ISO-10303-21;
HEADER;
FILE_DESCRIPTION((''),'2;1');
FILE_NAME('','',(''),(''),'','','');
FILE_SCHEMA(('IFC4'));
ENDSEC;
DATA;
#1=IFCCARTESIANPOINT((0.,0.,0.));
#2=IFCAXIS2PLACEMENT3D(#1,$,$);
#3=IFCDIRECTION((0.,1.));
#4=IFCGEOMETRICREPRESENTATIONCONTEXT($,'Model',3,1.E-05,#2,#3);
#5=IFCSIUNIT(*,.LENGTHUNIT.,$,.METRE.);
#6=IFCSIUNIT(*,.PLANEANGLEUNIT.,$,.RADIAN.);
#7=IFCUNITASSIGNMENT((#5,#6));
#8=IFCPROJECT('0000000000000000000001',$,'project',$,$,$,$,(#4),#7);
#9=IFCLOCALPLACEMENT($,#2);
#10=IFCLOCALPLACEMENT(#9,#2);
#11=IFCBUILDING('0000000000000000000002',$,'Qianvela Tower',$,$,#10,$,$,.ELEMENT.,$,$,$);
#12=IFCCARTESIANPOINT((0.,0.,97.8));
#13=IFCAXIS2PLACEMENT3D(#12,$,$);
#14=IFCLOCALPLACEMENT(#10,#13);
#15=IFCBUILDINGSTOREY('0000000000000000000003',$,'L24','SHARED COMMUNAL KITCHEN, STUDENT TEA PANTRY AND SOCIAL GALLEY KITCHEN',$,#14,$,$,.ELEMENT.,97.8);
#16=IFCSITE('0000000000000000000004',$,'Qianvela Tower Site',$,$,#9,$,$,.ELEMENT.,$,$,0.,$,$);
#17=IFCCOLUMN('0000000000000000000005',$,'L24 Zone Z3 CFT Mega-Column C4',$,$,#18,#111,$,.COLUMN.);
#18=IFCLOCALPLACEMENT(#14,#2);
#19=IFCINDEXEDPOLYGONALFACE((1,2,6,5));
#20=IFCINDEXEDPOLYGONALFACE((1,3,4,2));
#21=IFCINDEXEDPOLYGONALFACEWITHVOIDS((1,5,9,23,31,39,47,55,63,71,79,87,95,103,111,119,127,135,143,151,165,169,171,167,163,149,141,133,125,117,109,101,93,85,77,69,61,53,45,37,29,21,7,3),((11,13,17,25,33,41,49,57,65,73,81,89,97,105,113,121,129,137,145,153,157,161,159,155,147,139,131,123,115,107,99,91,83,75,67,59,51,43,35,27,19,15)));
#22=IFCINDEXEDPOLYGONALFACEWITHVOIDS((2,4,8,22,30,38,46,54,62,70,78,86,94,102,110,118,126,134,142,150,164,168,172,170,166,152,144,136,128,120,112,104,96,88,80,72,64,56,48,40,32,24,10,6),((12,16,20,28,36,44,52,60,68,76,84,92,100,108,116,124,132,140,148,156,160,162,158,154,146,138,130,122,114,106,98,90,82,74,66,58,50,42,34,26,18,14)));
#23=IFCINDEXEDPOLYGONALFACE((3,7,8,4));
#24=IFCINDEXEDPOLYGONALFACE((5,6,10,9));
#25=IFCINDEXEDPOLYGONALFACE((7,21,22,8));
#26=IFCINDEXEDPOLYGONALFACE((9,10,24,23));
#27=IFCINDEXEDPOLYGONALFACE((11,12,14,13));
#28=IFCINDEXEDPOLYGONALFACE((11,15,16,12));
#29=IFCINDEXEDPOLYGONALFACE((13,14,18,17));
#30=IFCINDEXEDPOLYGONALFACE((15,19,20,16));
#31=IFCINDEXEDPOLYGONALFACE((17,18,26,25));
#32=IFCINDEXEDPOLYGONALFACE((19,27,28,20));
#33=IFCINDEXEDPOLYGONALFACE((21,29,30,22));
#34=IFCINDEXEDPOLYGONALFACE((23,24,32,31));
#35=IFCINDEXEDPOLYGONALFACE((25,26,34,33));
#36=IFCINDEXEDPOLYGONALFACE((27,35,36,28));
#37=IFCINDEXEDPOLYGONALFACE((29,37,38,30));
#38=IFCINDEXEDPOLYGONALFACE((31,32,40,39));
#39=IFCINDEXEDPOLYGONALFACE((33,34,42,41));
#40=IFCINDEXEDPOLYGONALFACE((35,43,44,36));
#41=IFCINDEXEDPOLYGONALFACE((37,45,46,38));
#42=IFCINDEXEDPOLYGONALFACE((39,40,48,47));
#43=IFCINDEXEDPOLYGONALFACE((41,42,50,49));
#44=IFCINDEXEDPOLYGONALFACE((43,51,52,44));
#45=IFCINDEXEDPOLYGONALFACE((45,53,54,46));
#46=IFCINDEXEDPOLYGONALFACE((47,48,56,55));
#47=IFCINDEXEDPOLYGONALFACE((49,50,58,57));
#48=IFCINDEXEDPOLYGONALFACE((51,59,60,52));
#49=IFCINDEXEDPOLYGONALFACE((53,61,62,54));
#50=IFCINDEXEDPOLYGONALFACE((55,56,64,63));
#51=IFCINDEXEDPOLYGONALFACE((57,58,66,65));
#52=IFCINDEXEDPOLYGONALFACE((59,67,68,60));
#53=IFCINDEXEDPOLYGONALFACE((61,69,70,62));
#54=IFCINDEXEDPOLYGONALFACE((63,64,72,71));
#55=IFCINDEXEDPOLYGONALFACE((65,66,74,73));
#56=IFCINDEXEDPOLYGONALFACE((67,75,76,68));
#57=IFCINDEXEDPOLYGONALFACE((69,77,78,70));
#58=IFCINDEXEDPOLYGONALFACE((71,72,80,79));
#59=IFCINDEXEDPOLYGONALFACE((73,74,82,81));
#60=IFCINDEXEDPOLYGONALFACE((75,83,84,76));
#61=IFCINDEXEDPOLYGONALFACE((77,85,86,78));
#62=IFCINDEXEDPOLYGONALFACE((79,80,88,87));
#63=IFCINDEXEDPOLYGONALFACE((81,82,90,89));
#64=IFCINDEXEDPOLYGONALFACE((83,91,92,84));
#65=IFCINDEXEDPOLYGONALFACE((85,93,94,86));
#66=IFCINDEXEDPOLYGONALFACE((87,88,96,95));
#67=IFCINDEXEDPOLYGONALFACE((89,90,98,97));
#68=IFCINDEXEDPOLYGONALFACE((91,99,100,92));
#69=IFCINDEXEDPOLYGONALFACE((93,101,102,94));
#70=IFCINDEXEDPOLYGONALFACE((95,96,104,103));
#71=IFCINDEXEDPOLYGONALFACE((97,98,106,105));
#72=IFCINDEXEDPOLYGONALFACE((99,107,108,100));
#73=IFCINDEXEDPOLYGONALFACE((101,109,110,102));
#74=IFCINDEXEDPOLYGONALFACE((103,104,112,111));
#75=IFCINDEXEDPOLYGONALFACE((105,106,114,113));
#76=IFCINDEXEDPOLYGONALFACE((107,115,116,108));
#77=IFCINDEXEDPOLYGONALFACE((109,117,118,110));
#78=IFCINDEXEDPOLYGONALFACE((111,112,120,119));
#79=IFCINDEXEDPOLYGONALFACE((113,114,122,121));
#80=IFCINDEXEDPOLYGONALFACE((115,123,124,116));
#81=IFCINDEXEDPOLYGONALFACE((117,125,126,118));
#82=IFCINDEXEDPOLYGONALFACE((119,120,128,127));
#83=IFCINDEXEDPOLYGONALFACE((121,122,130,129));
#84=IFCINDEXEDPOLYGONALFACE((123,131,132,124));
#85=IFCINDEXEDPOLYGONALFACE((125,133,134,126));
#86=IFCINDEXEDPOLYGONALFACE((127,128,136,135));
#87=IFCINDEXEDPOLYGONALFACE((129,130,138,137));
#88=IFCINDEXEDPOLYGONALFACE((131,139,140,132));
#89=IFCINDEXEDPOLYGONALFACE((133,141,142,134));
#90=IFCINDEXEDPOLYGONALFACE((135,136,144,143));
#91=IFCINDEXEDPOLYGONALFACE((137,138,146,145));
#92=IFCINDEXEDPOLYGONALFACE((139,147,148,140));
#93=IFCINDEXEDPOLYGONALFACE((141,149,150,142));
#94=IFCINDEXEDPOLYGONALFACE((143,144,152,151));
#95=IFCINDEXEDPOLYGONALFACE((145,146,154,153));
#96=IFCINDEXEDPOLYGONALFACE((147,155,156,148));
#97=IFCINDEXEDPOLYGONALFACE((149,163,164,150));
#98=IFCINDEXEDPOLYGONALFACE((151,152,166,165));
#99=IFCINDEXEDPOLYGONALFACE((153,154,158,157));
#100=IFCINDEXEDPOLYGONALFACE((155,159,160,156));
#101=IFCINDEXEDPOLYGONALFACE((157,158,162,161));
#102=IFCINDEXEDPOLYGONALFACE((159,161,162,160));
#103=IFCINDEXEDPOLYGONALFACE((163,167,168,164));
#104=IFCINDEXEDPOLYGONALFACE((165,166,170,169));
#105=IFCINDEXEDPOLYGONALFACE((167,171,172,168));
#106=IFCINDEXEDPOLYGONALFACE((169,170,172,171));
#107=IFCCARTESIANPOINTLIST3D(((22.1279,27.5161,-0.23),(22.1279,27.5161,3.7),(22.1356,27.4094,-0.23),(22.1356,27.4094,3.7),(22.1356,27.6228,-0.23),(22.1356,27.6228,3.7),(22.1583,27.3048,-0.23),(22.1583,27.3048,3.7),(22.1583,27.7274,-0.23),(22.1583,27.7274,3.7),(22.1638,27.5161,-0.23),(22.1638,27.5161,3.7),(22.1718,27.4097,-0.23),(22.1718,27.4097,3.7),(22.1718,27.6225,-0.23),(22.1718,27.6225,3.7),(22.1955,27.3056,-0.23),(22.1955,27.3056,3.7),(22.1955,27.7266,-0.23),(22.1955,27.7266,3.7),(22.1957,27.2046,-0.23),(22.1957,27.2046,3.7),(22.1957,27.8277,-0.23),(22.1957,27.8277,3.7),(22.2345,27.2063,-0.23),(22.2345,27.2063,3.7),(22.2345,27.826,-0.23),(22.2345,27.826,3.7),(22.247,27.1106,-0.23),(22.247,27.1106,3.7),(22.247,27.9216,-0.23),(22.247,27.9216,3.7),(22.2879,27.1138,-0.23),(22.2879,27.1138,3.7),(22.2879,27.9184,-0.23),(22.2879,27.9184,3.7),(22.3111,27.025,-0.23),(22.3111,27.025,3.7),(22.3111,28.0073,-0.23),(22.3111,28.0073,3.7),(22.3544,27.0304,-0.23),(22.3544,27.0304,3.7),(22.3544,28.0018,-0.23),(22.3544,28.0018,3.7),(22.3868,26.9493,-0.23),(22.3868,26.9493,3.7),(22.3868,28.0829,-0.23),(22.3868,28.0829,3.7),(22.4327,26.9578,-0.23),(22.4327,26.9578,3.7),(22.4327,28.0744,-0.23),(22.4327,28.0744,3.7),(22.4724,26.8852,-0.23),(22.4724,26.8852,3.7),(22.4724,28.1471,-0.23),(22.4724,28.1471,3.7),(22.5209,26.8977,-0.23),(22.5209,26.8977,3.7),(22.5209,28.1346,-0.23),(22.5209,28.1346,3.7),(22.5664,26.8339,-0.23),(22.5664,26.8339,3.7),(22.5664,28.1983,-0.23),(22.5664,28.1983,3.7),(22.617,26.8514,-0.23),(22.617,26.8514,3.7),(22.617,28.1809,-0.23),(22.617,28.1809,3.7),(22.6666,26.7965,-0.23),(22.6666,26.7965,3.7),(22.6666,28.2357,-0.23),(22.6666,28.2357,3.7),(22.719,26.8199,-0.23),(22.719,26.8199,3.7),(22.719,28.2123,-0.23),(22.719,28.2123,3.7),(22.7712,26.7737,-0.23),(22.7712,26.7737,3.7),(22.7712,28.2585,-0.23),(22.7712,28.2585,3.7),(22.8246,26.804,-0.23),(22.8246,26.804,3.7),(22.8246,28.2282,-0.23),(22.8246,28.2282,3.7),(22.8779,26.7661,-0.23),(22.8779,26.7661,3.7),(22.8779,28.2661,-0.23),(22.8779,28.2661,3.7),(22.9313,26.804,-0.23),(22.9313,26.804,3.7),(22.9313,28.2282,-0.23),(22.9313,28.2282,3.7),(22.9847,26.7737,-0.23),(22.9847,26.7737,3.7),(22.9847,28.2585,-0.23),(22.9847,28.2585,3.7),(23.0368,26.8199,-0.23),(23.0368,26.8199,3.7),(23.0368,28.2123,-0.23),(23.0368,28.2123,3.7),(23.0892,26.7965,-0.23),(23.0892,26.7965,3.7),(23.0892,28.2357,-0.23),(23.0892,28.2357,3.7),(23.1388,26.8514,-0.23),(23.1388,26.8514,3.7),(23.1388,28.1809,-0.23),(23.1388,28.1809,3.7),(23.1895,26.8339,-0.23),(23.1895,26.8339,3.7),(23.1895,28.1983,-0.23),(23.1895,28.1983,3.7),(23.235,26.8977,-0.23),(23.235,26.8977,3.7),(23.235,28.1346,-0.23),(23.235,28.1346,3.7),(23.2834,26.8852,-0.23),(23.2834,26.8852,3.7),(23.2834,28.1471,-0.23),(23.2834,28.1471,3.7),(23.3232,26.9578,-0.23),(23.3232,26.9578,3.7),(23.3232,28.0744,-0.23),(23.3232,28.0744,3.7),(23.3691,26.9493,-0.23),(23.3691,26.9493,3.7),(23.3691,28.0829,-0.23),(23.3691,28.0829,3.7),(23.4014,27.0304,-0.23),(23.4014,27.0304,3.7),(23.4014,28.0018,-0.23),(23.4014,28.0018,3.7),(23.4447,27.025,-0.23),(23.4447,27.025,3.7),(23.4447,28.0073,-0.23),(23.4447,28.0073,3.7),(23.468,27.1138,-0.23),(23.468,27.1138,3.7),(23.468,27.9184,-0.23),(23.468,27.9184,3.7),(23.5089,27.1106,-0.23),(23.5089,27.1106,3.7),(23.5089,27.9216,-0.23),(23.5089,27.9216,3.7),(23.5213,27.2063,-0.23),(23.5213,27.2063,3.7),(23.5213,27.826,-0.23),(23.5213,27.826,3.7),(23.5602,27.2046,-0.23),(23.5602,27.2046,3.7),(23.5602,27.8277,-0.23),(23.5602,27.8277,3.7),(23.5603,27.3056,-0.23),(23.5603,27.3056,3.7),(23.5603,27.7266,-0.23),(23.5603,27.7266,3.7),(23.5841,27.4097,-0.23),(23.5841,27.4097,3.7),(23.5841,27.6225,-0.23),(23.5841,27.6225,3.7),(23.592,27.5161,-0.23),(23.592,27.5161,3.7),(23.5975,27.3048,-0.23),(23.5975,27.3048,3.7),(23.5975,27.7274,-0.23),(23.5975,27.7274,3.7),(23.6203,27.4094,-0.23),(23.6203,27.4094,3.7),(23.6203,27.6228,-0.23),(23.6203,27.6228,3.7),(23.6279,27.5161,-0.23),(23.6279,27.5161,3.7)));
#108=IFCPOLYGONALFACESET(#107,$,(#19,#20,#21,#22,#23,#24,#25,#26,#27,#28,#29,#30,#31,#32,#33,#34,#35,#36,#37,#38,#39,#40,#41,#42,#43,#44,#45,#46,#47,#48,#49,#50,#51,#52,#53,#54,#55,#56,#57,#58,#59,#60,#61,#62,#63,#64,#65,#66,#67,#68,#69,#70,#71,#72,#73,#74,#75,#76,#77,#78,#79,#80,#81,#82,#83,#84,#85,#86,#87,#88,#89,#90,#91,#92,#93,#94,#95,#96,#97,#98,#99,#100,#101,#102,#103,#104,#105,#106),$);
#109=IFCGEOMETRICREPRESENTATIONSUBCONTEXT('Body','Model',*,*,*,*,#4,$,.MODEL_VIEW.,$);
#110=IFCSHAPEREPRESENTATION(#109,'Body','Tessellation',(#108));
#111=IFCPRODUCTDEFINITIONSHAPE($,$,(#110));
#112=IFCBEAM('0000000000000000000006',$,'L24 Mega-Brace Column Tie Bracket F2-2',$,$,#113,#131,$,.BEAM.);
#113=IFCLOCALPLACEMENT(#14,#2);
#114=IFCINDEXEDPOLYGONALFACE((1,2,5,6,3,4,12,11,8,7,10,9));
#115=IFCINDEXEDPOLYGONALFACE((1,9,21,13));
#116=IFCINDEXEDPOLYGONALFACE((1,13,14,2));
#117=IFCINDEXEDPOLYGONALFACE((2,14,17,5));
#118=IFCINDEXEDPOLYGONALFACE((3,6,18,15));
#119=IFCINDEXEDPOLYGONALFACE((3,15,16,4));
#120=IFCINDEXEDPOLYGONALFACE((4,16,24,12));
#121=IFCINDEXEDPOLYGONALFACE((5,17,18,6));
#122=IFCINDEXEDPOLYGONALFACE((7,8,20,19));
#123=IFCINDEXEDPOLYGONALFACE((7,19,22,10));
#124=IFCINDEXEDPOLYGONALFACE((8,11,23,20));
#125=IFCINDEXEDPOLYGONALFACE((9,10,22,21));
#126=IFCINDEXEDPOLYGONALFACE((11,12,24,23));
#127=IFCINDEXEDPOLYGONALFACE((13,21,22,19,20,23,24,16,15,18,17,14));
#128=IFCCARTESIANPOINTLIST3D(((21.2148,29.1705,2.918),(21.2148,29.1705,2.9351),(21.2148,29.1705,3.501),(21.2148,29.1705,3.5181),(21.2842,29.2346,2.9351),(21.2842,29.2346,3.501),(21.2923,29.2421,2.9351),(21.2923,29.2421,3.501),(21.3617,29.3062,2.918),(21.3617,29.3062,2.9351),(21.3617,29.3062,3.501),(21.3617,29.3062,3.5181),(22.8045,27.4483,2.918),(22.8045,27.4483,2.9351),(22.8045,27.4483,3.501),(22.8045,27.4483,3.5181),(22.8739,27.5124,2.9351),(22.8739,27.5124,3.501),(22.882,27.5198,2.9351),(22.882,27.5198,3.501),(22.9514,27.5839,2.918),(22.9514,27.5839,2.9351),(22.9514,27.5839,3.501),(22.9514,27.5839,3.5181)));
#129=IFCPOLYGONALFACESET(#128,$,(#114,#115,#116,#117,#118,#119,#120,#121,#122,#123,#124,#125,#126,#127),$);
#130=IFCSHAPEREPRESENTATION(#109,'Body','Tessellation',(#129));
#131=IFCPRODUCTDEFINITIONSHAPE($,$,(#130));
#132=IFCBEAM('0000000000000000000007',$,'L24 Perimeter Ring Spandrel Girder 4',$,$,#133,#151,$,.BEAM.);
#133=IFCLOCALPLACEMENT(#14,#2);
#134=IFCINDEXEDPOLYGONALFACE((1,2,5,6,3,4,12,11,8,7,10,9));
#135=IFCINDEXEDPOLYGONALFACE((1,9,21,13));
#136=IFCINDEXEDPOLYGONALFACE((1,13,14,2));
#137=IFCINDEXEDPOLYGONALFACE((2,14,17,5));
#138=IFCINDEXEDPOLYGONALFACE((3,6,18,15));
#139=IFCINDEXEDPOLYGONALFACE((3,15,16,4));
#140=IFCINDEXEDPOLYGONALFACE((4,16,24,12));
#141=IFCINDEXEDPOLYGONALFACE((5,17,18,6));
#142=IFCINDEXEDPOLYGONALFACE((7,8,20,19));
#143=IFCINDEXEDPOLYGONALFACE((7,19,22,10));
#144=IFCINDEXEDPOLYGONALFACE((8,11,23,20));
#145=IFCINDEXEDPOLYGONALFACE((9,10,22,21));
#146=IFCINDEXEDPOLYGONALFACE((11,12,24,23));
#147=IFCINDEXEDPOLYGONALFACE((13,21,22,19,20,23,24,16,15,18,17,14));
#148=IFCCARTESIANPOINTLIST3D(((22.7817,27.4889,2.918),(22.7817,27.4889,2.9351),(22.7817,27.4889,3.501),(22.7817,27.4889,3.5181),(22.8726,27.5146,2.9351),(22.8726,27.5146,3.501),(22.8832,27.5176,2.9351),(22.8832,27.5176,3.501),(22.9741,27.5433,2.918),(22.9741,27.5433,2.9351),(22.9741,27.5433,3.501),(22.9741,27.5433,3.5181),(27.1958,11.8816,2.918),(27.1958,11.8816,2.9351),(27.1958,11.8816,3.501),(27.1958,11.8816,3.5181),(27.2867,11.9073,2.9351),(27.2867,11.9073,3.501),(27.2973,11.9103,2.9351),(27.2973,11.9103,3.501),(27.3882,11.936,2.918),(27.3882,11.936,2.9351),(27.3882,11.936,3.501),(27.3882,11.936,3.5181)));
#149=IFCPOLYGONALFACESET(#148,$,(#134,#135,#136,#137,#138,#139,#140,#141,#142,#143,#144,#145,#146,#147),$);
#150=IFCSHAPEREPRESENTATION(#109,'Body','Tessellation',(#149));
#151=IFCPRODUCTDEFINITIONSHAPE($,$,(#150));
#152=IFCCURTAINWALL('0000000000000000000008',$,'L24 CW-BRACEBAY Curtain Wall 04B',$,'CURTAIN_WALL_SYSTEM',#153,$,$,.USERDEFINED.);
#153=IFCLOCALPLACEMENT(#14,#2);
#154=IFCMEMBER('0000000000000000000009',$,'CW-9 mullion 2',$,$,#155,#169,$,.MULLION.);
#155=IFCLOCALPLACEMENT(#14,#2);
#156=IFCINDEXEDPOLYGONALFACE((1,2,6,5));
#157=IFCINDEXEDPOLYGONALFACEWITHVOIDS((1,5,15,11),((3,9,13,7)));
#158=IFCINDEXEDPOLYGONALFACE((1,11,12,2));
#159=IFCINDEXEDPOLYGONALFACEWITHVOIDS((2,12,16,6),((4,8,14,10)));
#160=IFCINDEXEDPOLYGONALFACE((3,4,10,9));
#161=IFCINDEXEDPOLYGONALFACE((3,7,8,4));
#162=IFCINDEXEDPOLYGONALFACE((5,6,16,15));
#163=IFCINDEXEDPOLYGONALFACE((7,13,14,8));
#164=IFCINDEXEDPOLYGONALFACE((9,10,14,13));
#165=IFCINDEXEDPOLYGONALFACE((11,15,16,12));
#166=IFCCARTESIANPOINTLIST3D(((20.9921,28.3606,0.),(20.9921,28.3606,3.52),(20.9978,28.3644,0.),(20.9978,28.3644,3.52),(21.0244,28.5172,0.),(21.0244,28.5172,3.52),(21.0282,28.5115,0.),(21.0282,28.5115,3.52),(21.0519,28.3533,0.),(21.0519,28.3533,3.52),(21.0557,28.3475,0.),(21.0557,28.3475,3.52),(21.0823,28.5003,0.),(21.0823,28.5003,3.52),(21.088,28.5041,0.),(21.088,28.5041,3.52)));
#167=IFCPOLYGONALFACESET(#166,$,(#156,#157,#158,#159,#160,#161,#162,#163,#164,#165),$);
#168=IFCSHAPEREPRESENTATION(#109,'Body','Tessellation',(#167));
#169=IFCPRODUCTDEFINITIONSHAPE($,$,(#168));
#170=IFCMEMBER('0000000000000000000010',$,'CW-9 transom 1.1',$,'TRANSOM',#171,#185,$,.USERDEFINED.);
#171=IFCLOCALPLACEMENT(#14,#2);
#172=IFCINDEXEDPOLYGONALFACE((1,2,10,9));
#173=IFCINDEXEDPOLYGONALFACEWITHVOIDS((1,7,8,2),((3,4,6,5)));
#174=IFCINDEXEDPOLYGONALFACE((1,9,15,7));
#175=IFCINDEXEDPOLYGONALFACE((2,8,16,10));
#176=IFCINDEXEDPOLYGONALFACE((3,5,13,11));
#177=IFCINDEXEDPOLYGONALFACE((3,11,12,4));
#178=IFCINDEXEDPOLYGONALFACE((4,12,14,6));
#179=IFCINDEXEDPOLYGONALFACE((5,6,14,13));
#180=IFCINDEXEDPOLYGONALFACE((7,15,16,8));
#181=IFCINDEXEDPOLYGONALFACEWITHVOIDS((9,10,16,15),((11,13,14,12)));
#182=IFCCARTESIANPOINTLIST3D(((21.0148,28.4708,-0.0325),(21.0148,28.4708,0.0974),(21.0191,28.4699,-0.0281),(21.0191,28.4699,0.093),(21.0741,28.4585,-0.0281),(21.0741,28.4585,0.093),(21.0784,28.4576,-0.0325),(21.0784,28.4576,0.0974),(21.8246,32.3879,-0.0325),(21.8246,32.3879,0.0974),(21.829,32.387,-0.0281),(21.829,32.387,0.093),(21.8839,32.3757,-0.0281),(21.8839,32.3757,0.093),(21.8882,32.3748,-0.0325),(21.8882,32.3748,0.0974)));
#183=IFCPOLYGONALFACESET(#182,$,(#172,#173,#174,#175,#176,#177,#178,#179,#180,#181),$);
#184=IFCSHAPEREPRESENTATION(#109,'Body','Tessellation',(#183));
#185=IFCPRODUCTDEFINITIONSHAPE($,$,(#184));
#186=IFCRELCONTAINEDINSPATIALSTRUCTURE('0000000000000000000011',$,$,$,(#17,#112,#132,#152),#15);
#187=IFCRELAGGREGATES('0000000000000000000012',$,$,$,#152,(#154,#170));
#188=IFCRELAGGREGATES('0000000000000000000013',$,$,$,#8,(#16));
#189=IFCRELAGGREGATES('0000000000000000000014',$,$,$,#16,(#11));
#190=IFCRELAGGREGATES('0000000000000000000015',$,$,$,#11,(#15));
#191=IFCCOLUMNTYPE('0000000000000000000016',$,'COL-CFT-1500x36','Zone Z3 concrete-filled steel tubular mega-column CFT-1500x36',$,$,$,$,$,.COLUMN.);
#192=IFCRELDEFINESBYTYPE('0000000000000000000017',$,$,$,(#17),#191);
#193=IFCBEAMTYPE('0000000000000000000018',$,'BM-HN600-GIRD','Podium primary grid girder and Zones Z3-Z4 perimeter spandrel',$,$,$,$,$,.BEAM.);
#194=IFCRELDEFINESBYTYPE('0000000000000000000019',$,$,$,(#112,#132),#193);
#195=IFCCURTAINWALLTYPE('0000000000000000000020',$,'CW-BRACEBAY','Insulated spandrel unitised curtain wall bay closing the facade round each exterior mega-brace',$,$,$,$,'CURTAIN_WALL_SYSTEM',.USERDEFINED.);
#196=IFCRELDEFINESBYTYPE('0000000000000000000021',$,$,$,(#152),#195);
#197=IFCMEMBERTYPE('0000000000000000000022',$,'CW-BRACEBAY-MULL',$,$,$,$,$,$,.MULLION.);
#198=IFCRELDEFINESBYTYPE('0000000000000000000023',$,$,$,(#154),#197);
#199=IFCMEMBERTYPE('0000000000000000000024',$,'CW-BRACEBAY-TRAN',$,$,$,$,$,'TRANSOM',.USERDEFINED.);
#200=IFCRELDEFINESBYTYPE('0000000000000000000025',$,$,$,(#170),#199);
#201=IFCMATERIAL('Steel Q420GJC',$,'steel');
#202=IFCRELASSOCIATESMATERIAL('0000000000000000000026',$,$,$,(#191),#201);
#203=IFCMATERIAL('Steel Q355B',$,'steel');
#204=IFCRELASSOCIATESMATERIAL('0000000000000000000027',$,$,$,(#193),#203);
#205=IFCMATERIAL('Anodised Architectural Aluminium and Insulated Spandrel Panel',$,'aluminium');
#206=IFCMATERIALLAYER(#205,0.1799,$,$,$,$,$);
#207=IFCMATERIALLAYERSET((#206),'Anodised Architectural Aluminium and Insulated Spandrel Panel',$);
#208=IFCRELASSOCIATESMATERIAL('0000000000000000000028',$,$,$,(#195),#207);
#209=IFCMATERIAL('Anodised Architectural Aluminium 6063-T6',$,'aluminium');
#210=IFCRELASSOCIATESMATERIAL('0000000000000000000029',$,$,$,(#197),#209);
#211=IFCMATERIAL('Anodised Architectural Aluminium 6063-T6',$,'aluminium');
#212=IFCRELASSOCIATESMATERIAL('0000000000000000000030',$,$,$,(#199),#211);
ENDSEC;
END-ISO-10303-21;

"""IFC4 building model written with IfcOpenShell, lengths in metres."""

from ifc_helpers import new_model, si_unit, direction, frame, origin, origin_2d, place, context, subcontext, project, spatial, hollow_rectangle, hollow_circle, i_section, extrude, material, layer, layer_set, material_profile, profile_set, type_object, element, aggregate, save


model = new_model("IFC4")

# Units and contexts
model_context = context("Model", 3, precision=1e-05, world=origin(), true_north=direction((0.0, 1.0)))
body_context = subcontext(model_context, "Body", "Model", "MODEL_VIEW")
ifc_project = project(units=[si_unit("LENGTHUNIT", "METRE"), si_unit("PLANEANGLEUNIT", "RADIAN")], contexts=[model_context])

# Site, building, storey
site_placement = place(None, origin())
site = spatial("IfcSite", under=ifc_project, at=site_placement, Name="Qianvela Tower Site", CompositionType="ELEMENT", RefElevation=0.0)
building_placement = place(site_placement, origin())
building = spatial("IfcBuilding", under=site, at=building_placement, Name="Qianvela Tower", CompositionType="ELEMENT")
storey_placement = place(building_placement, frame((0.0, 0.0, 97.8)))
storey = spatial("IfcBuildingStorey", under=building, at=storey_placement, Name="L24", Description="SHARED COMMUNAL KITCHEN, STUDENT TEA PANTRY AND SOCIAL GALLEY KITCHEN", CompositionType="ELEMENT", Elevation=97.8)

# Column
ifc_material_1 = material(Name="Steel Q420GJC", Category="steel")
ifc_material_profile_1 = material_profile(ifc_material_1, hollow_circle(Radius=0.75, WallThickness=0.0359, at=origin_2d()), Name="CFT-1500x36")
ifc_profile_set_1 = profile_set([ifc_material_profile_1], Name="Steel Q420GJC")
column_type = type_object("IfcColumnType", Name="COL-CFT-1500x36", Description="Zone Z3 concrete-filled steel tubular mega-column CFT-1500x36", PredefinedType="COLUMN", material=ifc_profile_set_1)
column_placement = place(storey_placement, frame((22.8779, 27.5161, -0.23), z_axis=(0.0, 0.0, 1.0), x_axis=(1.0, 0.0, 0.0)))
element("IfcColumn", 1, at=column_placement, inside=storey, type_object=column_type, Name="L24 Zone Z3 CFT Mega-Column C4", PredefinedType="COLUMN", context=body_context, shape_type="SweptSolid", body=[
    extrude(hollow_circle(Radius=0.75, WallThickness=0.0359, at=origin_2d()), origin(), (0.0, 0.0, 1.0), 3.9299),
])

# Beams
ifc_material_2 = material(Name="Steel Q355B", Category="steel")
ifc_material_profile_2 = material_profile(ifc_material_2, i_section(OverallWidth=0.2, OverallDepth=0.6001, WebThickness=0.011, FlangeThickness=0.0171, at=origin_2d()), Name="HN600x200x11x17")
ifc_profile_set_2 = profile_set([ifc_material_profile_2], Name="Steel Q355B")
beam_type = type_object("IfcBeamType", Name="BM-HN600-GIRD", Description="Podium primary grid girder and Zones Z3-Z4 perimeter spandrel", PredefinedType="BEAM", material=ifc_profile_set_2)
beam_1_placement = place(storey_placement, frame((22.8779, 27.5161, 3.218), z_axis=(-0.678258, 0.734823, 0.0), x_axis=(-0.734823, -0.678258, 0.0)))
element("IfcBeam", 2, at=beam_1_placement, inside=storey, type_object=beam_type, Name="L24 Mega-Brace Column Tie Bracket F2-2", PredefinedType="BEAM", context=body_context, shape_type="SweptSolid", body=[
    extrude(i_section(OverallWidth=0.2, OverallDepth=0.6001, WebThickness=0.011, FlangeThickness=0.0171, at=origin_2d()), origin(), (0.0, 0.0, 1.0), 2.3438),
])
beam_2_placement = place(storey_placement, frame((22.8779, 27.5161, 3.218), z_axis=(0.272148, -0.962256, 0.0), x_axis=(0.962256, 0.272148, 0.0)))
element("IfcBeam", 3, at=beam_2_placement, inside=storey, type_object=beam_type, Name="L24 Perimeter Ring Spandrel Girder 4", PredefinedType="BEAM", context=body_context, shape_type="SweptSolid", body=[
    extrude(i_section(OverallWidth=0.2, OverallDepth=0.6001, WebThickness=0.011, FlangeThickness=0.0171, at=origin_2d()), origin(), (0.0, 0.0, 1.0), 16.2195),
])

# Curtain wall, members
ifc_material_3 = material(Name="Anodised Architectural Aluminium and Insulated Spandrel Panel", Category="aluminium")
ifc_layer_1 = layer(ifc_material_3, 0.1799)
ifc_layer_set_1 = layer_set([ifc_layer_1], Name="Anodised Architectural Aluminium and Insulated Spandrel Panel")
curtain_wall_type_1 = type_object("IfcCurtainWallType", Name="CW-BRACEBAY", Description="Insulated spandrel unitised curtain wall bay closing the facade round each exterior mega-brace", ElementType="CURTAIN_WALL_SYSTEM", PredefinedType="USERDEFINED", material=ifc_layer_set_1)
curtain_wall_1_placement = place(storey_placement, origin())
curtain_wall_1 = element("IfcCurtainWall", 4, at=curtain_wall_1_placement, inside=storey, type_object=curtain_wall_type_1, Name="L24 CW-BRACEBAY Curtain Wall 04B", ObjectType="CURTAIN_WALL_SYSTEM", PredefinedType="USERDEFINED")
ifc_material_4 = material(Name="Anodised Architectural Aluminium 6063-T6", Category="aluminium")
ifc_material_profile_3 = material_profile(ifc_material_4, hollow_rectangle(XDim=0.0649, YDim=0.1599, WallThickness=0.0049, at=origin_2d()), Name="ALU-MULL-65x160")
ifc_profile_set_3 = profile_set([ifc_material_profile_3], Name="Anodised Architectural Aluminium 6063-T6")
member_type_1 = type_object("IfcMemberType", Name="CW-BRACEBAY-MULL", PredefinedType="MULLION", material=ifc_profile_set_3)
member_1_placement = place(storey_placement, frame((21.04, 28.4324, 0.0), z_axis=(0.0, 0.0, 1.0), x_axis=(0.979294, -0.202445, 0.0)))
member_1 = element("IfcMember", 5, at=member_1_placement, type_object=member_type_1, Name="CW-9 mullion 2", PredefinedType="MULLION", context=body_context, shape_type="SweptSolid", body=[
    extrude(hollow_rectangle(XDim=0.0649, YDim=0.1599, WallThickness=0.0049, at=origin_2d()), origin(), (0.0, 0.0, 1.0), 3.52),
])
ifc_material_5 = material(Name="Anodised Architectural Aluminium 6063-T6", Category="aluminium")
ifc_material_profile_4 = material_profile(ifc_material_5, hollow_rectangle(XDim=0.0649, YDim=0.1299, WallThickness=0.0044, at=origin_2d()), Name="ALU-TRAN-65x130")
ifc_profile_set_4 = profile_set([ifc_material_profile_4], Name="Anodised Architectural Aluminium 6063-T6")
member_type_2 = type_object("IfcMemberType", Name="CW-BRACEBAY-TRAN", ElementType="TRANSOM", PredefinedType="USERDEFINED", material=ifc_profile_set_4)
member_2_placement = place(storey_placement, frame((21.8564, 32.3813, 0.0325), z_axis=(-0.20245, -0.979293, 0.0), x_axis=(0.979293, -0.20245, 0.0)))
member_2 = element("IfcMember", 6, at=member_2_placement, type_object=member_type_2, Name="CW-9 transom 1.1", ObjectType="TRANSOM", PredefinedType="USERDEFINED", context=body_context, shape_type="SweptSolid", body=[
    extrude(hollow_rectangle(XDim=0.0649, YDim=0.1299, WallThickness=0.0044, at=origin_2d()), origin(), (0.0, 0.0, 1.0), 4.0),
])

aggregate(curtain_wall_1, [member_1, member_2])

save(model, "model.ifc")
